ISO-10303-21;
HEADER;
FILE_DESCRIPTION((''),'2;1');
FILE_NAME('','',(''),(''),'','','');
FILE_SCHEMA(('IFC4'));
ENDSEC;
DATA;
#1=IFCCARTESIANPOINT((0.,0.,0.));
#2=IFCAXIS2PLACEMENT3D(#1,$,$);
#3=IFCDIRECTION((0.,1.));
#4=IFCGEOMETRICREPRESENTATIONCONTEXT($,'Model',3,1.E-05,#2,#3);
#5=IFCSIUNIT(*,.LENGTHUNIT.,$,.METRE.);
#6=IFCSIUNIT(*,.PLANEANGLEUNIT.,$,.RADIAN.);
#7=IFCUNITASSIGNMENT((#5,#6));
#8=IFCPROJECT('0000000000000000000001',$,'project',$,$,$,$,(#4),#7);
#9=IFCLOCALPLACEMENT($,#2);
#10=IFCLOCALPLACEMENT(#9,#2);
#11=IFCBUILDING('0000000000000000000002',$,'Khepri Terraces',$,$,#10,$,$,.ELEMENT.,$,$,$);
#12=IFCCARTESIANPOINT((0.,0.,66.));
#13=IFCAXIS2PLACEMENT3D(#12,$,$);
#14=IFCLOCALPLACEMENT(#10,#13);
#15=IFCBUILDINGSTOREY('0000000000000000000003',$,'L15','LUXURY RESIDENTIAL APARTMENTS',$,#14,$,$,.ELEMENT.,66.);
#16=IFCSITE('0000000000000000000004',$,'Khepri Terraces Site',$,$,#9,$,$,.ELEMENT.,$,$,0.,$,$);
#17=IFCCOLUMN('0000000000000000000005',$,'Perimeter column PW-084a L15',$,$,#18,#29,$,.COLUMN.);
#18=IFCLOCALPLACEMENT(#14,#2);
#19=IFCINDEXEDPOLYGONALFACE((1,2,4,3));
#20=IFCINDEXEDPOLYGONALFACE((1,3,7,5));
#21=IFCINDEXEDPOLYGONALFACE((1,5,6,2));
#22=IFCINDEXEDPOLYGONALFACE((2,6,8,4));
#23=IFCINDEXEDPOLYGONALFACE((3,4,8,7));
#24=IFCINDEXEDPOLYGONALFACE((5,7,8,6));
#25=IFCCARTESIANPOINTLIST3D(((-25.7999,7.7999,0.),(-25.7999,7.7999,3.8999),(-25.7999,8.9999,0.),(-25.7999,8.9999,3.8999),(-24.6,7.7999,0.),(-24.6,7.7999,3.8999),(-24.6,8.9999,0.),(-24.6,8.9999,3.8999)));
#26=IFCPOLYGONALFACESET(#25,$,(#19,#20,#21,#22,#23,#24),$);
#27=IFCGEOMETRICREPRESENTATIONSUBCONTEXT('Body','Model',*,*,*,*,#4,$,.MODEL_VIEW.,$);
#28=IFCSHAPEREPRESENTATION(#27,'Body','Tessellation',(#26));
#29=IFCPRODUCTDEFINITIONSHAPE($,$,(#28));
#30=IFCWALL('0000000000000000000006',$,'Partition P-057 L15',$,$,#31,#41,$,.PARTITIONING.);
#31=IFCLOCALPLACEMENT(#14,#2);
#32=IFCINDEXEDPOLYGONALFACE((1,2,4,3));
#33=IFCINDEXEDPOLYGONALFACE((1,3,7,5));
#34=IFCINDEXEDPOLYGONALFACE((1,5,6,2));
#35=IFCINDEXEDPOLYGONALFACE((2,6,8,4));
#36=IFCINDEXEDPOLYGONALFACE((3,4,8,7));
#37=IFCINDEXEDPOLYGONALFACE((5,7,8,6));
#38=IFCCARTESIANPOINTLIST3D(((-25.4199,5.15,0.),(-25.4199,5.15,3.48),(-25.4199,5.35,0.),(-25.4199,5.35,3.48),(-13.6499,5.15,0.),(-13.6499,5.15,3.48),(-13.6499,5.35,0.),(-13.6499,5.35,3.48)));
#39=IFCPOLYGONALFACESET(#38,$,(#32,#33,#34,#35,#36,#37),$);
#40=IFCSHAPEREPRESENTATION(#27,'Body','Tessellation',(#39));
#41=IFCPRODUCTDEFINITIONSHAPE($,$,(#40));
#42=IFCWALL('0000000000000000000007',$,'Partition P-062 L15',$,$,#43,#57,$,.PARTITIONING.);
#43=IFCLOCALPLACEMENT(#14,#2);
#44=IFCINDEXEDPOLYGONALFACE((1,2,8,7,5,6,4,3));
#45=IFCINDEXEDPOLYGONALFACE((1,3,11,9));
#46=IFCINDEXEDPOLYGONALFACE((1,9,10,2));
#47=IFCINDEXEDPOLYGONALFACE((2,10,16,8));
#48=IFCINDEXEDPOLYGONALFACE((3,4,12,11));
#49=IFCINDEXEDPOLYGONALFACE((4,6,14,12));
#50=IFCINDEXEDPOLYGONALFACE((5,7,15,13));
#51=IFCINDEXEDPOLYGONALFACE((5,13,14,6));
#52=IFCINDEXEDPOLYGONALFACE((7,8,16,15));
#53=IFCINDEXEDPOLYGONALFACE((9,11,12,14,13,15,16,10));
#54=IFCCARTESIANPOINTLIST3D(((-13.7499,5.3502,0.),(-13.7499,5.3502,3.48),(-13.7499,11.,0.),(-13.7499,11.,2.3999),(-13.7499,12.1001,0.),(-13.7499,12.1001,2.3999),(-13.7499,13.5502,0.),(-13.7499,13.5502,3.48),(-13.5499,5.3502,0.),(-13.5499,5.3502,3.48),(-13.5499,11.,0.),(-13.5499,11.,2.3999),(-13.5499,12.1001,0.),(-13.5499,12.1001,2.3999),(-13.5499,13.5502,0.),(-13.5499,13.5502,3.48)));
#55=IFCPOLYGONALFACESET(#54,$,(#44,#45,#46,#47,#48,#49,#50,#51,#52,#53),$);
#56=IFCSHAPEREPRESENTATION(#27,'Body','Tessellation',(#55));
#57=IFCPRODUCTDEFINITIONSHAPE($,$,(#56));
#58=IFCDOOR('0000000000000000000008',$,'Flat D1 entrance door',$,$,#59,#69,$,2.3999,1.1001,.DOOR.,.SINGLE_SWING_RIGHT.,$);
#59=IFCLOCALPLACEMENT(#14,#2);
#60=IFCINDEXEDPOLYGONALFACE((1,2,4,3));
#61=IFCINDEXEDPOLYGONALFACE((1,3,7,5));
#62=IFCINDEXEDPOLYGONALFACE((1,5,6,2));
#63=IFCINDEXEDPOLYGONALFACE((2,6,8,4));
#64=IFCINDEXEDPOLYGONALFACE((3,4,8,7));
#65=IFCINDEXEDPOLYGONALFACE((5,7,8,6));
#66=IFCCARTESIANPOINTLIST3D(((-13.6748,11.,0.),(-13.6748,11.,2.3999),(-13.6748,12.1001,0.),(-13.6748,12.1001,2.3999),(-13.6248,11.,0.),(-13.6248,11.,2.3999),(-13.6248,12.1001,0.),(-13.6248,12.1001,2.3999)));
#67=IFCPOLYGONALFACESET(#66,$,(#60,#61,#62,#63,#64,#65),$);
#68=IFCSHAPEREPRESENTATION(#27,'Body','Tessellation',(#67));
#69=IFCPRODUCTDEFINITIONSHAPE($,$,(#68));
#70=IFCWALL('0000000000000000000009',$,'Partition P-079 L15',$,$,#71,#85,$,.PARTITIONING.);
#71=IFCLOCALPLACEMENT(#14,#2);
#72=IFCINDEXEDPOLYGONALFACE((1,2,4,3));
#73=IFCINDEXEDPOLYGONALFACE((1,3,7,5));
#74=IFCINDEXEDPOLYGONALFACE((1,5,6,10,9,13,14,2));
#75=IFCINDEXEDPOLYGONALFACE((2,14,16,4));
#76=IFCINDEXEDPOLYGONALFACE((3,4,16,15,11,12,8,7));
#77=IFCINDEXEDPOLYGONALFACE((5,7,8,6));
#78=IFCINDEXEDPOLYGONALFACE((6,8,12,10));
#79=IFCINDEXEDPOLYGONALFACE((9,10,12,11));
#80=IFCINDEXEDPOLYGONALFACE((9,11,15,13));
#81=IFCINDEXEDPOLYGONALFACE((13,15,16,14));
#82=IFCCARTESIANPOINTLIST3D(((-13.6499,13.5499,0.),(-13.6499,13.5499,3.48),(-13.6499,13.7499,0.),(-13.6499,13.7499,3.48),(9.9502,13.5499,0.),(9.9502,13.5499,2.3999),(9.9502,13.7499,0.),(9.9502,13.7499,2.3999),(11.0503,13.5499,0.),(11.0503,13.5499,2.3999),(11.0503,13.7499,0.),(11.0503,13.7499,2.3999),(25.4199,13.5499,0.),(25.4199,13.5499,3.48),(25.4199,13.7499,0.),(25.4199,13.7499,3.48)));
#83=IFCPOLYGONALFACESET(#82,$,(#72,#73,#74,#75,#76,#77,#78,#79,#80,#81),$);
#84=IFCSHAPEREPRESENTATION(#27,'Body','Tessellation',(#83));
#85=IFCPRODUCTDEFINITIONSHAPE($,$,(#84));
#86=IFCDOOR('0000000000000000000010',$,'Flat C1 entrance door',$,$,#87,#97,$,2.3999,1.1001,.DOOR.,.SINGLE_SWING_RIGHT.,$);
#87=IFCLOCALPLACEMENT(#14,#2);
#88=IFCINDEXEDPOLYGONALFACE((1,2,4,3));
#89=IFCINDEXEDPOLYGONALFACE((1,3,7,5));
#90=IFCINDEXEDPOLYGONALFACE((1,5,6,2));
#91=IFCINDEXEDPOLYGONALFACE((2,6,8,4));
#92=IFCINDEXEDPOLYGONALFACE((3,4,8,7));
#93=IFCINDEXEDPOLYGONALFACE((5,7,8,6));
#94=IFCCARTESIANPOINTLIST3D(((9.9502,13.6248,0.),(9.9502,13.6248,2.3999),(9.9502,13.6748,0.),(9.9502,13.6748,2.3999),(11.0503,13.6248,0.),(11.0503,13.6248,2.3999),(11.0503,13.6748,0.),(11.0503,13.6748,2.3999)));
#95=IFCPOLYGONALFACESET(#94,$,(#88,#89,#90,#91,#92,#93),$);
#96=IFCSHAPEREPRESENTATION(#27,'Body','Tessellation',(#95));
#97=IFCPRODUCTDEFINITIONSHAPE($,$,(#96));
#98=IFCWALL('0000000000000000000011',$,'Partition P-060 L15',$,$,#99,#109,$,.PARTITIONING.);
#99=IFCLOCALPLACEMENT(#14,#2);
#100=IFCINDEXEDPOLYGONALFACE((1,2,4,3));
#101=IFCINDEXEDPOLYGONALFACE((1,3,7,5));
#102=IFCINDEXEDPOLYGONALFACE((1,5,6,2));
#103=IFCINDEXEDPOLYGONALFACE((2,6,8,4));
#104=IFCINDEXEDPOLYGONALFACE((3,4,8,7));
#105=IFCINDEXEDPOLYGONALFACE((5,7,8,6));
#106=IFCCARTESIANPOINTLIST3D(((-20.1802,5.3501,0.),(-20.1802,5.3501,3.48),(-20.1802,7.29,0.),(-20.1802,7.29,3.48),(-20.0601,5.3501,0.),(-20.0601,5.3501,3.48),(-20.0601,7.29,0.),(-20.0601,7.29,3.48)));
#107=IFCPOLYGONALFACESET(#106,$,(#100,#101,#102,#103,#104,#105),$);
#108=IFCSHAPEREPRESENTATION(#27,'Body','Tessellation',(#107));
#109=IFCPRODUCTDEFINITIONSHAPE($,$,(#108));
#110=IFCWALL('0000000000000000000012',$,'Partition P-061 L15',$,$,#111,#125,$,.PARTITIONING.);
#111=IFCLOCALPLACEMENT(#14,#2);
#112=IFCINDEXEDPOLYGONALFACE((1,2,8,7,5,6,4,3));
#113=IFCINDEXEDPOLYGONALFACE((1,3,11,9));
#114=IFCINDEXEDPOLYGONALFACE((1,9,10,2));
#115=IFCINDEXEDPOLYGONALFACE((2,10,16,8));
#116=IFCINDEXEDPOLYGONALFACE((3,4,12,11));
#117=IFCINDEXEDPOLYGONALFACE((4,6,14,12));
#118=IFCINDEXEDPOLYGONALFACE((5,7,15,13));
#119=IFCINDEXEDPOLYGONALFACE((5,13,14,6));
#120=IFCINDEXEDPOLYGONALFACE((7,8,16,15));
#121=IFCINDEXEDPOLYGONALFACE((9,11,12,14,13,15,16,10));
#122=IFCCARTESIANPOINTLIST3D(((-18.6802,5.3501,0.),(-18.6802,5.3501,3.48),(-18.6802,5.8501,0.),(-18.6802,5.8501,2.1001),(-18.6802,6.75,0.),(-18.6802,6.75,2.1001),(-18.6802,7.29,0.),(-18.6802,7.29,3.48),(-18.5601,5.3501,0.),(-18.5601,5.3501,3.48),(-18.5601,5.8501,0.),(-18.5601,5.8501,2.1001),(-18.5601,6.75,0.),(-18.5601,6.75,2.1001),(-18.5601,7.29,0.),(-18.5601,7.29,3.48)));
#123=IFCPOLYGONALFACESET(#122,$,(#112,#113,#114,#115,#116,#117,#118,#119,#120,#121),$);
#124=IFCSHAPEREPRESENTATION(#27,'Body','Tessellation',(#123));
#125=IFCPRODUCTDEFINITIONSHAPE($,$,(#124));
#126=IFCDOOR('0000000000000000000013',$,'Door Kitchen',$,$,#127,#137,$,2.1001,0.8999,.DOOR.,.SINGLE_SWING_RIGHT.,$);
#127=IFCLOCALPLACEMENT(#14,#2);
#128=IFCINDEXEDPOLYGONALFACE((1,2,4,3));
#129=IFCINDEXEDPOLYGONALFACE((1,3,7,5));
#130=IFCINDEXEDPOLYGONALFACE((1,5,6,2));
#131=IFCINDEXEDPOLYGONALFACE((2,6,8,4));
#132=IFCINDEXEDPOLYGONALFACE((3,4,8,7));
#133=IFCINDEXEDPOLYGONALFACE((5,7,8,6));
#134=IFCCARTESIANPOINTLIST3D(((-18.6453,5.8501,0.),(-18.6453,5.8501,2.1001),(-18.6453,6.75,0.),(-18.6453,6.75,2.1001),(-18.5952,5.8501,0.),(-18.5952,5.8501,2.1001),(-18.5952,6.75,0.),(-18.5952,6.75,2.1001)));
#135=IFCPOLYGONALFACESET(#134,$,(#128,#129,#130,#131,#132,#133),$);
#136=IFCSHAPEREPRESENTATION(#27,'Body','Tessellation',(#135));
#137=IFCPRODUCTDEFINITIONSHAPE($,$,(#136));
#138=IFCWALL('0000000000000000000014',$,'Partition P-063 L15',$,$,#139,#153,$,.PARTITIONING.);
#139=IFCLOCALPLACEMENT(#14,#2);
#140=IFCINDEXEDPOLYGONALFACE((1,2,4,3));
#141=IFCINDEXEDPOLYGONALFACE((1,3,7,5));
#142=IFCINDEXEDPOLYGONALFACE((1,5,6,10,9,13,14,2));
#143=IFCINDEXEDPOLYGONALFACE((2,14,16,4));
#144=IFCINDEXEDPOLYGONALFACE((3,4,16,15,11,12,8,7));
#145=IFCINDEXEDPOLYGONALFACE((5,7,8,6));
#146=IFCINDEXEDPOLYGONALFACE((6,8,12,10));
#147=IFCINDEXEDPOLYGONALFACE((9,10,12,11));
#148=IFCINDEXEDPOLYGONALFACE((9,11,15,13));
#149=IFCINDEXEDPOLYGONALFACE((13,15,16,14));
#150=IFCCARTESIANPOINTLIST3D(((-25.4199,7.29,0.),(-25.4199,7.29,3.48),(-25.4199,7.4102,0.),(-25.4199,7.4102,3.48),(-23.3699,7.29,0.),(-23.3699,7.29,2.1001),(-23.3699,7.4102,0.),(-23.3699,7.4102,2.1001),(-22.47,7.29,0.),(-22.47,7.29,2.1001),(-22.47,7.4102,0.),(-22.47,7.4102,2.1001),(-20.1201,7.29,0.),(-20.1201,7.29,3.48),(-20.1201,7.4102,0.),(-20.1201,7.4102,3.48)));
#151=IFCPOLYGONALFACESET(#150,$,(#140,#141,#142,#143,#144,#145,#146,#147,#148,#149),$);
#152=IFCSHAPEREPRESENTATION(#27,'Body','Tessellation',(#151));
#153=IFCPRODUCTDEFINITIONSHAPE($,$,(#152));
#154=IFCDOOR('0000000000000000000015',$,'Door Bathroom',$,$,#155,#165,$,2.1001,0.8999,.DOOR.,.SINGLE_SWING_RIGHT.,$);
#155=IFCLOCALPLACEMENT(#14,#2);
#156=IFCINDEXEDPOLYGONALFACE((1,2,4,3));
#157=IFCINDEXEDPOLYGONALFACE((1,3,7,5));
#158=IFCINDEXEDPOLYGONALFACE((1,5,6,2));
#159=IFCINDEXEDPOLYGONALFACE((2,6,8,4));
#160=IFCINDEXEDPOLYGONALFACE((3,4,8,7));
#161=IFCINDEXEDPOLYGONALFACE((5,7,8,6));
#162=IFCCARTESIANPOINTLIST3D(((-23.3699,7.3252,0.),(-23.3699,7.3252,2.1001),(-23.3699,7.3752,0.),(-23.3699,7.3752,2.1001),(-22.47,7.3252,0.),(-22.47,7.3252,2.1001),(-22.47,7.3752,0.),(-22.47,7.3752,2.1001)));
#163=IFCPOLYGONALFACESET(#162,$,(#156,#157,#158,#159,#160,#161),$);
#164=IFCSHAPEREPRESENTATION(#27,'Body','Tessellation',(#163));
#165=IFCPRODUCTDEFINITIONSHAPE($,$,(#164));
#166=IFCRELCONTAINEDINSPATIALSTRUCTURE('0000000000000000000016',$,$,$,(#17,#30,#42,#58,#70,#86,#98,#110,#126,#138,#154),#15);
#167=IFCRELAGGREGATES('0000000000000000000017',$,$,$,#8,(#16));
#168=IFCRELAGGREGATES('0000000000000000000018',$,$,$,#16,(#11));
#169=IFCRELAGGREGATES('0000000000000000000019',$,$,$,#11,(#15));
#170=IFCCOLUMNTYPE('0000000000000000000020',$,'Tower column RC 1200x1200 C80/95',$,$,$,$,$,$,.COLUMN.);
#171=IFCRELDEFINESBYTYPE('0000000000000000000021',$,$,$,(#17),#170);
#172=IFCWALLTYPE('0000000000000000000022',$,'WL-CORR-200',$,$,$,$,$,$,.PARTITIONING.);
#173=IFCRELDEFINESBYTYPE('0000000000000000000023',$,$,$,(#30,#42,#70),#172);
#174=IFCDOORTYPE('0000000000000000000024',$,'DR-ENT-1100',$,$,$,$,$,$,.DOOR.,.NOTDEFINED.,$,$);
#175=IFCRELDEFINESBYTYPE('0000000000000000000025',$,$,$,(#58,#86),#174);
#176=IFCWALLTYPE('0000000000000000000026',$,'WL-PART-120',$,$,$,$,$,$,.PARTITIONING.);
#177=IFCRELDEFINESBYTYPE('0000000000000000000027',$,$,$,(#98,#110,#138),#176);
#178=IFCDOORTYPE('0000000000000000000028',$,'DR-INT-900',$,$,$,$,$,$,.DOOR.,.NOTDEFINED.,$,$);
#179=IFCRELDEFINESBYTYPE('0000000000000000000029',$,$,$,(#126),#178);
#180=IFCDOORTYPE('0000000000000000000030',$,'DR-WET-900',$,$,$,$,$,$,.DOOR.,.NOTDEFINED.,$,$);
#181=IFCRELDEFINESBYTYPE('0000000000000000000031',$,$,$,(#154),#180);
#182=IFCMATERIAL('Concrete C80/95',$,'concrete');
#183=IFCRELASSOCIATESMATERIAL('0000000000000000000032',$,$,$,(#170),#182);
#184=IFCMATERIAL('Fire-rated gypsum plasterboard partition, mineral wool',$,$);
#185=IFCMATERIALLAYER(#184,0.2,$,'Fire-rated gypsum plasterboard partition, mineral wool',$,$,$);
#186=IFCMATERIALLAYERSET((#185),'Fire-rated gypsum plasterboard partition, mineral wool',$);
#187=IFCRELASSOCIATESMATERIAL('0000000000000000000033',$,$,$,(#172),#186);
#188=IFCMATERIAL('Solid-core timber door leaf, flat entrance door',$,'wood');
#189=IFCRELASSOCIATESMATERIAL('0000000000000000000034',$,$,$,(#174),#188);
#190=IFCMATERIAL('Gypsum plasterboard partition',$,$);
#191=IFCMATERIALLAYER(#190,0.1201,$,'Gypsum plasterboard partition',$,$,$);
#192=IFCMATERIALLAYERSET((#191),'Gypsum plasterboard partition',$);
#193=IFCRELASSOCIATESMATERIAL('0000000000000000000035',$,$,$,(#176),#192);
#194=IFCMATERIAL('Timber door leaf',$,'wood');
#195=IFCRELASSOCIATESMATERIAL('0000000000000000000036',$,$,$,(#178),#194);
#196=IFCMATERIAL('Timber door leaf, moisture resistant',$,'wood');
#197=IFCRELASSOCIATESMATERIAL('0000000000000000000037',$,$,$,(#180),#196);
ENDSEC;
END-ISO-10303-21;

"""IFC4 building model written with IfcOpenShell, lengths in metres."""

from ifc_helpers import new_model, si_unit, direction, frame, frame_2d, origin, origin_2d, place, context, subcontext, project, spatial, rectangle, extrude, material, layer, layer_set, material_profile, profile_set, type_object, element, fill, save


model = new_model("IFC4")

# Units and contexts
model_context = context("Model", 3, precision=1e-05, world=origin(), true_north=direction((0.0, 1.0)))
body_context = subcontext(model_context, "Body", "Model", "MODEL_VIEW")
ifc_project = project(units=[si_unit("LENGTHUNIT", "METRE"), si_unit("PLANEANGLEUNIT", "RADIAN")], contexts=[model_context])

# Site, building, storey
site_placement = place(None, origin())
site = spatial("IfcSite", under=ifc_project, at=site_placement, Name="Khepri Terraces Site", CompositionType="ELEMENT", RefElevation=0.0)
building_placement = place(site_placement, origin())
building = spatial("IfcBuilding", under=site, at=building_placement, Name="Khepri Terraces", CompositionType="ELEMENT")
storey_placement = place(building_placement, frame((0.0, 0.0, 66.0)))
storey = spatial("IfcBuildingStorey", under=building, at=storey_placement, Name="L15", Description="LUXURY RESIDENTIAL APARTMENTS", CompositionType="ELEMENT", Elevation=66.0)

# Column
ifc_material_1 = material(Name="Concrete C80/95", Category="concrete")
ifc_material_profile = material_profile(ifc_material_1, rectangle(XDim=1.2, YDim=1.2, at=origin_2d()), Name="Concrete C80/95", Category="concrete")
ifc_profile_set = profile_set([ifc_material_profile], Name="Concrete C80/95")
column_type = type_object("IfcColumnType", Name="Tower column RC 1200x1200 C80/95", PredefinedType="COLUMN", material=ifc_profile_set)
column_placement = place(storey_placement, frame((-25.2, 8.3999, 0.0), z_axis=(0.0, 0.0, 1.0), x_axis=(1.0, 0.0, 0.0)))
element("IfcColumn", 1, at=column_placement, inside=storey, type_object=column_type, Name="Perimeter column PW-084a L15", PredefinedType="COLUMN", context=body_context, shape_type="SweptSolid", body=[
    extrude(rectangle(XDim=1.2, YDim=1.2, at=origin_2d()), origin(), (0.0, 0.0, 1.0), 3.8999),
])

# Wall
ifc_material_2 = material(Name="Fire-rated gypsum plasterboard partition, mineral wool")
ifc_layer_1 = layer(ifc_material_2, 0.2, Name="Fire-rated gypsum plasterboard partition, mineral wool")
ifc_layer_set_1 = layer_set([ifc_layer_1], Name="Fire-rated gypsum plasterboard partition, mineral wool")
wall_type_1 = type_object("IfcWallType", Name="WL-CORR-200", PredefinedType="PARTITIONING", material=ifc_layer_set_1)
wall_1_placement = place(storey_placement, frame((-25.4199, 5.25, 0.0), z_axis=(0.0, 0.0, 1.0), x_axis=(1.0, 0.0, 0.0)))
element("IfcWall", 2, at=wall_1_placement, inside=storey, type_object=wall_type_1, Name="Partition P-057 L15", PredefinedType="PARTITIONING", context=body_context, shape_type="SweptSolid", body=[
    extrude(rectangle(XDim=11.77, YDim=0.2, at=frame_2d((5.885, 0.0))), origin(), (0.0, 0.0, 1.0), 3.48),
])

# Walls, openings, doors
wall_2_placement = place(storey_placement, frame((-13.6499, 5.3501, 0.0), z_axis=(0.0, 0.0, 1.0), x_axis=(0.0, 1.0, 0.0)))
wall_2 = element("IfcWall", 3, at=wall_2_placement, inside=storey, type_object=wall_type_1, Name="Partition P-062 L15", PredefinedType="PARTITIONING", context=body_context, shape_type="SweptSolid", body=[
    extrude(rectangle(XDim=8.2, YDim=0.2, at=frame_2d((4.1001, 0.0))), origin(), (0.0, 0.0, 1.0), 3.48),
])
opening_1_placement = place(wall_2_placement, frame((5.6499, 0.0, 0.0)))
opening_1 = element("IfcOpeningElement", 4, at=opening_1_placement, cuts=wall_2, PredefinedType="OPENING", context=body_context, shape_type="SweptSolid", body=[
    extrude(rectangle(XDim=1.1001, YDim=2.3999, at=frame_2d((0.55, 1.2))), frame((0.0, 0.1099, 0.0), z_axis=(0.0, -1.0, 0.0), x_axis=(1.0, 0.0, 0.0)), (0.0, 0.0, 1.0), 0.22),
])
ifc_material_3 = material(Name="Solid-core timber door leaf, flat entrance door", Category="wood")
door_type_1 = type_object("IfcDoorType", Name="DR-ENT-1100", OperationType="NOTDEFINED", PredefinedType="DOOR", material=ifc_material_3)
door_1_placement = place(opening_1_placement, origin())
door_1 = element("IfcDoor", 5, at=door_1_placement, inside=storey, type_object=door_type_1, Name="Flat D1 entrance door", OperationType="SINGLE_SWING_RIGHT", OverallHeight=2.3999, OverallWidth=1.1001, PredefinedType="DOOR", context=body_context, shape_type="SweptSolid", body=[
    extrude(rectangle(XDim=1.1001, YDim=2.3999, at=frame_2d((0.55, 1.2))), frame((0.0, 0.0249, 0.0), z_axis=(0.0, -1.0, 0.0), x_axis=(1.0, 0.0, 0.0)), (0.0, 0.0, 1.0), 0.05),
])
fill(opening_1, door_1)
wall_3_placement = place(storey_placement, frame((-13.6499, 13.6499, 0.0), z_axis=(0.0, 0.0, 1.0), x_axis=(1.0, 0.0, 0.0)))
wall_3 = element("IfcWall", 6, at=wall_3_placement, inside=storey, type_object=wall_type_1, Name="Partition P-079 L15", PredefinedType="PARTITIONING", context=body_context, shape_type="SweptSolid", body=[
    extrude(rectangle(XDim=39.0698, YDim=0.2, at=frame_2d((19.5349, 0.0))), origin(), (0.0, 0.0, 1.0), 3.48),
])
opening_2_placement = place(wall_3_placement, frame((23.6001, 0.0, 0.0)))
opening_2 = element("IfcOpeningElement", 7, at=opening_2_placement, cuts=wall_3, PredefinedType="OPENING", context=body_context, shape_type="SweptSolid", body=[
    extrude(rectangle(XDim=1.1001, YDim=2.3999, at=frame_2d((0.55, 1.2))), frame((0.0, 0.1099, 0.0), z_axis=(0.0, -1.0, 0.0), x_axis=(1.0, 0.0, 0.0)), (0.0, 0.0, 1.0), 0.22),
])
door_2_placement = place(opening_2_placement, origin())
door_2 = element("IfcDoor", 8, at=door_2_placement, inside=storey, type_object=door_type_1, Name="Flat C1 entrance door", OperationType="SINGLE_SWING_RIGHT", OverallHeight=2.3999, OverallWidth=1.1001, PredefinedType="DOOR", context=body_context, shape_type="SweptSolid", body=[
    extrude(rectangle(XDim=1.1001, YDim=2.3999, at=frame_2d((0.55, 1.2))), frame((0.0, 0.0249, 0.0), z_axis=(0.0, -1.0, 0.0), x_axis=(1.0, 0.0, 0.0)), (0.0, 0.0, 1.0), 0.05),
])
fill(opening_2, door_2)

# Wall
ifc_material_4 = material(Name="Gypsum plasterboard partition")
ifc_layer_2 = layer(ifc_material_4, 0.1201, Name="Gypsum plasterboard partition")
ifc_layer_set_2 = layer_set([ifc_layer_2], Name="Gypsum plasterboard partition")
wall_type_2 = type_object("IfcWallType", Name="WL-PART-120", PredefinedType="PARTITIONING", material=ifc_layer_set_2)
wall_4_placement = place(storey_placement, frame((-20.1201, 5.3501, 0.0), z_axis=(0.0, 0.0, 1.0), x_axis=(0.0, 1.0, 0.0)))
element("IfcWall", 9, at=wall_4_placement, inside=storey, type_object=wall_type_2, Name="Partition P-060 L15", PredefinedType="PARTITIONING", context=body_context, shape_type="SweptSolid", body=[
    extrude(rectangle(XDim=1.9399, YDim=0.1201, at=frame_2d((0.97, 0.0))), origin(), (0.0, 0.0, 1.0), 3.48),
])

# Walls, openings, doors
wall_5_placement = place(storey_placement, frame((-18.6201, 5.3501, 0.0), z_axis=(0.0, 0.0, 1.0), x_axis=(0.0, 1.0, 0.0)))
wall_5 = element("IfcWall", 10, at=wall_5_placement, inside=storey, type_object=wall_type_2, Name="Partition P-061 L15", PredefinedType="PARTITIONING", context=body_context, shape_type="SweptSolid", body=[
    extrude(rectangle(XDim=1.9399, YDim=0.1201, at=frame_2d((0.97, 0.0))), origin(), (0.0, 0.0, 1.0), 3.48),
])
opening_3_placement = place(wall_5_placement, frame((0.5, 0.0, 0.0)))
opening_3 = element("IfcOpeningElement", 11, at=opening_3_placement, cuts=wall_5, PredefinedType="OPENING", context=body_context, shape_type="SweptSolid", body=[
    extrude(rectangle(XDim=0.8999, YDim=2.1001, at=frame_2d((0.45, 1.05))), frame((0.0, 0.0701, 0.0), z_axis=(0.0, -1.0, 0.0), x_axis=(1.0, 0.0, 0.0)), (0.0, 0.0, 1.0), 0.1401),
])
ifc_material_5 = material(Name="Timber door leaf", Category="wood")
door_type_2 = type_object("IfcDoorType", Name="DR-INT-900", OperationType="NOTDEFINED", PredefinedType="DOOR", material=ifc_material_5)
door_3_placement = place(opening_3_placement, frame((0.8999, 0.0, 0.0), z_axis=(0.0, 0.0, 1.0), x_axis=(-1.0, 0.0, 0.0)))
door_3 = element("IfcDoor", 12, at=door_3_placement, inside=storey, type_object=door_type_2, Name="Door Kitchen", OperationType="SINGLE_SWING_RIGHT", OverallHeight=2.1001, OverallWidth=0.8999, PredefinedType="DOOR", context=body_context, shape_type="SweptSolid", body=[
    extrude(rectangle(XDim=0.8999, YDim=2.1001, at=frame_2d((0.45, 1.05))), frame((0.0, 0.0249, 0.0), z_axis=(0.0, -1.0, 0.0), x_axis=(1.0, 0.0, 0.0)), (0.0, 0.0, 1.0), 0.05),
])
fill(opening_3, door_3)
wall_6_placement = place(storey_placement, frame((-25.4199, 7.3501, 0.0), z_axis=(0.0, 0.0, 1.0), x_axis=(1.0, 0.0, 0.0)))
wall_6 = element("IfcWall", 13, at=wall_6_placement, inside=storey, type_object=wall_type_2, Name="Partition P-063 L15", PredefinedType="PARTITIONING", context=body_context, shape_type="SweptSolid", body=[
    extrude(rectangle(XDim=5.2998, YDim=0.1201, at=frame_2d((2.6499, 0.0))), origin(), (0.0, 0.0, 1.0), 3.48),
])
opening_4_placement = place(wall_6_placement, frame((2.05, 0.0, 0.0)))
opening_4 = element("IfcOpeningElement", 14, at=opening_4_placement, cuts=wall_6, PredefinedType="OPENING", context=body_context, shape_type="SweptSolid", body=[
    extrude(rectangle(XDim=0.8999, YDim=2.1001, at=frame_2d((0.45, 1.05))), frame((0.0, 0.0701, 0.0), z_axis=(0.0, -1.0, 0.0), x_axis=(1.0, 0.0, 0.0)), (0.0, 0.0, 1.0), 0.1401),
])
ifc_material_6 = material(Name="Timber door leaf, moisture resistant", Category="wood")
door_type_3 = type_object("IfcDoorType", Name="DR-WET-900", OperationType="NOTDEFINED", PredefinedType="DOOR", material=ifc_material_6)
door_4_placement = place(opening_4_placement, frame((0.8999, 0.0, 0.0), z_axis=(0.0, 0.0, 1.0), x_axis=(-1.0, 0.0, 0.0)))
door_4 = element("IfcDoor", 15, at=door_4_placement, inside=storey, type_object=door_type_3, Name="Door Bathroom", OperationType="SINGLE_SWING_RIGHT", OverallHeight=2.1001, OverallWidth=0.8999, PredefinedType="DOOR", context=body_context, shape_type="SweptSolid", body=[
    extrude(rectangle(XDim=0.8999, YDim=2.1001, at=frame_2d((0.45, 1.05))), frame((0.0, 0.0249, 0.0), z_axis=(0.0, -1.0, 0.0), x_axis=(1.0, 0.0, 0.0)), (0.0, 0.0, 1.0), 0.05),
])
fill(opening_4, door_4)

save(model, "model.ifc")
